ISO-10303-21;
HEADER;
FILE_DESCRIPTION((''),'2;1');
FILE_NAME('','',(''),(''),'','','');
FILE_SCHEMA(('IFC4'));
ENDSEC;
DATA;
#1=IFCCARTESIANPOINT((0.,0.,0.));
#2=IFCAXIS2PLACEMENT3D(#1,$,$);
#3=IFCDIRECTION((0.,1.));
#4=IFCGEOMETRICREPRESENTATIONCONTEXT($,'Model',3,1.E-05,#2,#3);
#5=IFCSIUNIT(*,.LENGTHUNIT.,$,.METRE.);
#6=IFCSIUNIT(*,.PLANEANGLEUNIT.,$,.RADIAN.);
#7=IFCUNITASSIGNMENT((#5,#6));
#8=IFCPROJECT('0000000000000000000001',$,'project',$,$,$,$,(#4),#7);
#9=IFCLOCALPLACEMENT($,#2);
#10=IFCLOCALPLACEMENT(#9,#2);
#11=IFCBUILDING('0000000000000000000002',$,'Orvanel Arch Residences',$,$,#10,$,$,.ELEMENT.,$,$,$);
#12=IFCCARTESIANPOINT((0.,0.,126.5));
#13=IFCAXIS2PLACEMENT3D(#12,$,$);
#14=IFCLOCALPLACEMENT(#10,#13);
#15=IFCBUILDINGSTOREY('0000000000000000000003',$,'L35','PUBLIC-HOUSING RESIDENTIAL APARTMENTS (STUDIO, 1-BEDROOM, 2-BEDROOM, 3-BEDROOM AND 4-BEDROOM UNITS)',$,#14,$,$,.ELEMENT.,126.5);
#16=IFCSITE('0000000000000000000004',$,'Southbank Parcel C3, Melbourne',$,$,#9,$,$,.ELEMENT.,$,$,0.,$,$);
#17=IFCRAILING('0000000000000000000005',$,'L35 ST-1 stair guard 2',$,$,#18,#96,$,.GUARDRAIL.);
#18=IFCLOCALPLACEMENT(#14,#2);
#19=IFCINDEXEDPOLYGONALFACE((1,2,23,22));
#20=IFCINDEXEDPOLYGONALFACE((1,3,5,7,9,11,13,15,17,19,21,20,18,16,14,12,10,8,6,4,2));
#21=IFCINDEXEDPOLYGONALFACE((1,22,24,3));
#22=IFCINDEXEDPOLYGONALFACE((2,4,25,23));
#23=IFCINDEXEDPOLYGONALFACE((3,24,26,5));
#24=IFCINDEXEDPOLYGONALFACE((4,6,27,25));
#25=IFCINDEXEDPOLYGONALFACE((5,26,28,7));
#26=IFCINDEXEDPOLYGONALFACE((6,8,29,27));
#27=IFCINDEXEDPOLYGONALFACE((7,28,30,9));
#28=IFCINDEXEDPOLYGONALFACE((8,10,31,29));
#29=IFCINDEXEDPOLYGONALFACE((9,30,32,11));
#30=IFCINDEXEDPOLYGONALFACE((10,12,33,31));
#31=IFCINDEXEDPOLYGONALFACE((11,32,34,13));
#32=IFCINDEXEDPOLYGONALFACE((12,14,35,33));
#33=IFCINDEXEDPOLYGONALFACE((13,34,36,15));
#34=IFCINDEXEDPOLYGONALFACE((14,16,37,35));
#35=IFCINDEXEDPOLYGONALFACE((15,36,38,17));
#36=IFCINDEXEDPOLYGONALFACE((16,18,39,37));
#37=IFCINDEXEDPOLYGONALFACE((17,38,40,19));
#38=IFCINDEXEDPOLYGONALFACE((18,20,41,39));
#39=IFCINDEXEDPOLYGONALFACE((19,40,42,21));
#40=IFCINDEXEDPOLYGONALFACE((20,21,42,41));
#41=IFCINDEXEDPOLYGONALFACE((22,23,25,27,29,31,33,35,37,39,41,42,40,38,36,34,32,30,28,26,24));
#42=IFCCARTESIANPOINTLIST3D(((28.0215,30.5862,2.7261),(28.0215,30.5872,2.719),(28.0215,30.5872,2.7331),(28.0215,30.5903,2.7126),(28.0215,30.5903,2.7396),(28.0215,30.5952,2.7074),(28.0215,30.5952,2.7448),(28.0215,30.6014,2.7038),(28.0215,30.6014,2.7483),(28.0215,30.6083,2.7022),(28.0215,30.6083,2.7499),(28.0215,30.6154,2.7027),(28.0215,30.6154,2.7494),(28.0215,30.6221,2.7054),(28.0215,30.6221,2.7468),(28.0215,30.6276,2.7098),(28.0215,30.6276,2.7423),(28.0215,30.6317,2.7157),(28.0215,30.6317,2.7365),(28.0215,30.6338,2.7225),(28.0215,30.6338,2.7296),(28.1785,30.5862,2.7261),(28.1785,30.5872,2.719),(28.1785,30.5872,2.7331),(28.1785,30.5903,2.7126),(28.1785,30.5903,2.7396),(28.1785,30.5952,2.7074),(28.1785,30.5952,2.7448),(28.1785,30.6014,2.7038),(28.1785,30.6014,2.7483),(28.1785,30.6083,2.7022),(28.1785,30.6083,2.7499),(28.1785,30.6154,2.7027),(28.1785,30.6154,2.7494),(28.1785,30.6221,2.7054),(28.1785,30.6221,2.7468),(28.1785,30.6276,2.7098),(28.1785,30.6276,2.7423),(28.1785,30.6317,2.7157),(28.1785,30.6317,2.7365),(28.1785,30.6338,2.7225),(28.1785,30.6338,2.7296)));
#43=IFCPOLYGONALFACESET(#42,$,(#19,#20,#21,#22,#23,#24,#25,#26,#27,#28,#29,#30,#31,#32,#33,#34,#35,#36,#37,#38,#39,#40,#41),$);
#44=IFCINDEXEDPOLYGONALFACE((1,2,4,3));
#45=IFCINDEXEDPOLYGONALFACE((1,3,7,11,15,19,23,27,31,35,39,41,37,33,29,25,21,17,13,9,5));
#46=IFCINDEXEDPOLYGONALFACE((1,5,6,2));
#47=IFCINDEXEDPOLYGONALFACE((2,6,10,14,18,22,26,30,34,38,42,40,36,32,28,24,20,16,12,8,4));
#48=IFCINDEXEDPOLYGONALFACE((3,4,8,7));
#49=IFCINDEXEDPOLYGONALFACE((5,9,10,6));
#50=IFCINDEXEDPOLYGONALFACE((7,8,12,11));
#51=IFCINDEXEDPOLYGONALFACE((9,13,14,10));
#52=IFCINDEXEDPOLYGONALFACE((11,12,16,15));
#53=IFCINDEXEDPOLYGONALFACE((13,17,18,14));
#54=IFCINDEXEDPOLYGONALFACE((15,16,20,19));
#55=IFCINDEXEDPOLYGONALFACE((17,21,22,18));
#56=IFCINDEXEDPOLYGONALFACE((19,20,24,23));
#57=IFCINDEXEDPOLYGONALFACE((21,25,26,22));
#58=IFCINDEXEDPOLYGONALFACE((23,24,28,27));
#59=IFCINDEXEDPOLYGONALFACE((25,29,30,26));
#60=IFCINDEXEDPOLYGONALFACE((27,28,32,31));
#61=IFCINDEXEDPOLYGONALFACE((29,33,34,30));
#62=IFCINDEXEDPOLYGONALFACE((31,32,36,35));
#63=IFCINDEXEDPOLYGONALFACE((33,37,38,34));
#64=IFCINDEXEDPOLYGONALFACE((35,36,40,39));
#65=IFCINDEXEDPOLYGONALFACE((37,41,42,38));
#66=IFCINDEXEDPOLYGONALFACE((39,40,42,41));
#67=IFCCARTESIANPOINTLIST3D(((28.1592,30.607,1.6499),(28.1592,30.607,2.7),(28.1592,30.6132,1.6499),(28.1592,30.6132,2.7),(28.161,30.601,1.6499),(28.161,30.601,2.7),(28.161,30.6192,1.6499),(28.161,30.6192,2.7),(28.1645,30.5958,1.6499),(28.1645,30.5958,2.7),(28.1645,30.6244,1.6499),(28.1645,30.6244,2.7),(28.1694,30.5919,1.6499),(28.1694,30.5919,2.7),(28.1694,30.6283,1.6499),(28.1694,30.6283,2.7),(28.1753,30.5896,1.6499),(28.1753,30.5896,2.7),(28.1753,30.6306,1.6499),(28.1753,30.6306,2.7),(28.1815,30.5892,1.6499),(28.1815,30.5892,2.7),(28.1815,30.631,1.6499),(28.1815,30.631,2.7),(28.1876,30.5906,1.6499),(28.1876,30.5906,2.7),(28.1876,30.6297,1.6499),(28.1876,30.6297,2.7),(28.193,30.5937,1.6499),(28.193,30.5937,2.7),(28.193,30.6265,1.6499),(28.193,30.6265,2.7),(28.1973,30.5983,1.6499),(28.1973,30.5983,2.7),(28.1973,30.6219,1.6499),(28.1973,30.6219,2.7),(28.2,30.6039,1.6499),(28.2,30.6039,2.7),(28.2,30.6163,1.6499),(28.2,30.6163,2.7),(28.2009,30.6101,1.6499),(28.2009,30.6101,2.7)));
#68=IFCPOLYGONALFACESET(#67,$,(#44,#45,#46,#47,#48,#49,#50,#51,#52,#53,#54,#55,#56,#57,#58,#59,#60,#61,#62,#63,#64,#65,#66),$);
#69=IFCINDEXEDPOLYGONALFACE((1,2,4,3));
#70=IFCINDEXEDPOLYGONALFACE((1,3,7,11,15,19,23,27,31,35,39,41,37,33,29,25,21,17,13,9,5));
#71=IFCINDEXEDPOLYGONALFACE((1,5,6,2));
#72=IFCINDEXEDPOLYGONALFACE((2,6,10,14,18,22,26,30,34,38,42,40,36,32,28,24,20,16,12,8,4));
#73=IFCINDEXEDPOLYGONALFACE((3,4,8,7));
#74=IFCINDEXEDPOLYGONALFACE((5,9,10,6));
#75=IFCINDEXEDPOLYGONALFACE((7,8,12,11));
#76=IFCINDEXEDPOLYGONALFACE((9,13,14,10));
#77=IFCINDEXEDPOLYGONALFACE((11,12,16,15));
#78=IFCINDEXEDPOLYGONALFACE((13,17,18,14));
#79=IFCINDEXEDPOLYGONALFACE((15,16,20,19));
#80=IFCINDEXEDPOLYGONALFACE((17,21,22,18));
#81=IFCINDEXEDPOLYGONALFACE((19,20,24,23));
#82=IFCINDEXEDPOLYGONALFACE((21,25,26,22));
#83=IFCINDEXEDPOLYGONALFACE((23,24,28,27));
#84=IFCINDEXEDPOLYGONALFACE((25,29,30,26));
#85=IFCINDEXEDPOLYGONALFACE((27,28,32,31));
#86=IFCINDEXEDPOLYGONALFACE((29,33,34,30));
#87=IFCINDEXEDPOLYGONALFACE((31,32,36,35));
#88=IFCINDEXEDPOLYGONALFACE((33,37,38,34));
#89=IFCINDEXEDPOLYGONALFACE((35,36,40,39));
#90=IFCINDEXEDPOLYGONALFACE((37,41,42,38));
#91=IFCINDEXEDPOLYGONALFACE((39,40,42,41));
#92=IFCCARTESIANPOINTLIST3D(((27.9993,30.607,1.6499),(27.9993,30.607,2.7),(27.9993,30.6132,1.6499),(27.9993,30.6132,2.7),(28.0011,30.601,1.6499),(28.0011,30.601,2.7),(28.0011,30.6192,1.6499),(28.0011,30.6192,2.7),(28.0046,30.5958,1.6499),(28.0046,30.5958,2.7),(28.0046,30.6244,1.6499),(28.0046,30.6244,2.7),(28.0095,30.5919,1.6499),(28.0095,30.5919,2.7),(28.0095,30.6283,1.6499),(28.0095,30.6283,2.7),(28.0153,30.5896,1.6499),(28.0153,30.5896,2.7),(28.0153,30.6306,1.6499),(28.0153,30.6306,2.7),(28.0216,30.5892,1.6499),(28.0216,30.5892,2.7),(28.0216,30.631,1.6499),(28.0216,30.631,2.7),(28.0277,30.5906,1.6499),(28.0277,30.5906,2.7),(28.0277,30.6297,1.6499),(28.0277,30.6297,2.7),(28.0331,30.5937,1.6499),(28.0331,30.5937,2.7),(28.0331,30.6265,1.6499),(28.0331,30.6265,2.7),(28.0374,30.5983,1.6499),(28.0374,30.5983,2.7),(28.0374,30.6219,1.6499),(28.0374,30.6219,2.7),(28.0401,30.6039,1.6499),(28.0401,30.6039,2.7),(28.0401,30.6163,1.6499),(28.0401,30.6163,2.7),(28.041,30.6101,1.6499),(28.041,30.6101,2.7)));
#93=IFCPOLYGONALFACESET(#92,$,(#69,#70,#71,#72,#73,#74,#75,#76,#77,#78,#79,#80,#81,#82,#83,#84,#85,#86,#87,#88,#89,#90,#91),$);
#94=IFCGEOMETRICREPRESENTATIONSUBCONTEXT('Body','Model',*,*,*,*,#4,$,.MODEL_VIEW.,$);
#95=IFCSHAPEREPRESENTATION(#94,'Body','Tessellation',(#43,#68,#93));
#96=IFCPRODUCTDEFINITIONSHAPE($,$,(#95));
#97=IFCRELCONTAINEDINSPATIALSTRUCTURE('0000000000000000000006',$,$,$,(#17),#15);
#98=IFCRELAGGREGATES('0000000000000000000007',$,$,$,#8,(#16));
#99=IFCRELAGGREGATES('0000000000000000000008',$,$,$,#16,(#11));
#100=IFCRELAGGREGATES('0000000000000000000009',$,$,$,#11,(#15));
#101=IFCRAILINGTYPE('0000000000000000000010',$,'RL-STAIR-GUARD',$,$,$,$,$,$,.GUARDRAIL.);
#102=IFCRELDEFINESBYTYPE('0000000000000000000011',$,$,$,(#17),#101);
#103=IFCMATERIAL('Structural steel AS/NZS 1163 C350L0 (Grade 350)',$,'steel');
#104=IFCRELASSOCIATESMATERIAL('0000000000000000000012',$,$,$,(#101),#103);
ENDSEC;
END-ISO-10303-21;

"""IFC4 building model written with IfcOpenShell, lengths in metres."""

from ifc_helpers import new_model, si_unit, direction, frame, origin, origin_2d, place, context, subcontext, project, spatial, circle, extrude, material, type_object, element, save


model = new_model("IFC4")

# Units and contexts
model_context = context("Model", 3, precision=1e-05, world=origin(), true_north=direction((0.0, 1.0)))
body_context = subcontext(model_context, "Body", "Model", "MODEL_VIEW")
ifc_project = project(units=[si_unit("LENGTHUNIT", "METRE"), si_unit("PLANEANGLEUNIT", "RADIAN")], contexts=[model_context])

# Site, building, storey
site_placement = place(None, origin())
site = spatial("IfcSite", under=ifc_project, at=site_placement, Name="Southbank Parcel C3, Melbourne", CompositionType="ELEMENT", RefElevation=0.0)
building_placement = place(site_placement, origin())
building = spatial("IfcBuilding", under=site, at=building_placement, Name="Orvanel Arch Residences", CompositionType="ELEMENT")
storey_placement = place(building_placement, frame((0.0, 0.0, 126.5)))
storey = spatial("IfcBuildingStorey", under=building, at=storey_placement, Name="L35", Description="PUBLIC-HOUSING RESIDENTIAL APARTMENTS (STUDIO, 1-BEDROOM, 2-BEDROOM, 3-BEDROOM AND 4-BEDROOM UNITS)", CompositionType="ELEMENT", Elevation=126.5)

# Railing
ifc_material_1 = material(Name="Structural steel AS/NZS 1163 C350L0 (Grade 350)", Category="steel")
railing_type_1 = type_object("IfcRailingType", Name="RL-STAIR-GUARD", PredefinedType="GUARDRAIL", material=ifc_material_1)
railing_1_placement = place(storey_placement, frame((28.1799, 30.6101, 1.6499)))
element("IfcRailing", 1, at=railing_1_placement, inside=storey, type_object=railing_type_1, Name="L35 ST-1 stair guard 2", PredefinedType="GUARDRAIL", context=body_context, shape_type="SweptSolid", body=[
    extrude(circle(Radius=0.0239, at=origin_2d()), frame((-0.0015, 0.0, 1.0762), z_axis=(-1.0, 0.0, 0.0), x_axis=(0.0, -1.0, 0.0)), (0.0, 0.0, 1.0), 0.157),
    extrude(circle(Radius=0.021, at=origin_2d()), origin(), (0.0, 0.0, 1.0), 1.05),
    extrude(circle(Radius=0.021, at=origin_2d()), frame((-0.1599, 0.0, 0.0)), (0.0, 0.0, 1.0), 1.05),
])

save(model, "model.ifc")
